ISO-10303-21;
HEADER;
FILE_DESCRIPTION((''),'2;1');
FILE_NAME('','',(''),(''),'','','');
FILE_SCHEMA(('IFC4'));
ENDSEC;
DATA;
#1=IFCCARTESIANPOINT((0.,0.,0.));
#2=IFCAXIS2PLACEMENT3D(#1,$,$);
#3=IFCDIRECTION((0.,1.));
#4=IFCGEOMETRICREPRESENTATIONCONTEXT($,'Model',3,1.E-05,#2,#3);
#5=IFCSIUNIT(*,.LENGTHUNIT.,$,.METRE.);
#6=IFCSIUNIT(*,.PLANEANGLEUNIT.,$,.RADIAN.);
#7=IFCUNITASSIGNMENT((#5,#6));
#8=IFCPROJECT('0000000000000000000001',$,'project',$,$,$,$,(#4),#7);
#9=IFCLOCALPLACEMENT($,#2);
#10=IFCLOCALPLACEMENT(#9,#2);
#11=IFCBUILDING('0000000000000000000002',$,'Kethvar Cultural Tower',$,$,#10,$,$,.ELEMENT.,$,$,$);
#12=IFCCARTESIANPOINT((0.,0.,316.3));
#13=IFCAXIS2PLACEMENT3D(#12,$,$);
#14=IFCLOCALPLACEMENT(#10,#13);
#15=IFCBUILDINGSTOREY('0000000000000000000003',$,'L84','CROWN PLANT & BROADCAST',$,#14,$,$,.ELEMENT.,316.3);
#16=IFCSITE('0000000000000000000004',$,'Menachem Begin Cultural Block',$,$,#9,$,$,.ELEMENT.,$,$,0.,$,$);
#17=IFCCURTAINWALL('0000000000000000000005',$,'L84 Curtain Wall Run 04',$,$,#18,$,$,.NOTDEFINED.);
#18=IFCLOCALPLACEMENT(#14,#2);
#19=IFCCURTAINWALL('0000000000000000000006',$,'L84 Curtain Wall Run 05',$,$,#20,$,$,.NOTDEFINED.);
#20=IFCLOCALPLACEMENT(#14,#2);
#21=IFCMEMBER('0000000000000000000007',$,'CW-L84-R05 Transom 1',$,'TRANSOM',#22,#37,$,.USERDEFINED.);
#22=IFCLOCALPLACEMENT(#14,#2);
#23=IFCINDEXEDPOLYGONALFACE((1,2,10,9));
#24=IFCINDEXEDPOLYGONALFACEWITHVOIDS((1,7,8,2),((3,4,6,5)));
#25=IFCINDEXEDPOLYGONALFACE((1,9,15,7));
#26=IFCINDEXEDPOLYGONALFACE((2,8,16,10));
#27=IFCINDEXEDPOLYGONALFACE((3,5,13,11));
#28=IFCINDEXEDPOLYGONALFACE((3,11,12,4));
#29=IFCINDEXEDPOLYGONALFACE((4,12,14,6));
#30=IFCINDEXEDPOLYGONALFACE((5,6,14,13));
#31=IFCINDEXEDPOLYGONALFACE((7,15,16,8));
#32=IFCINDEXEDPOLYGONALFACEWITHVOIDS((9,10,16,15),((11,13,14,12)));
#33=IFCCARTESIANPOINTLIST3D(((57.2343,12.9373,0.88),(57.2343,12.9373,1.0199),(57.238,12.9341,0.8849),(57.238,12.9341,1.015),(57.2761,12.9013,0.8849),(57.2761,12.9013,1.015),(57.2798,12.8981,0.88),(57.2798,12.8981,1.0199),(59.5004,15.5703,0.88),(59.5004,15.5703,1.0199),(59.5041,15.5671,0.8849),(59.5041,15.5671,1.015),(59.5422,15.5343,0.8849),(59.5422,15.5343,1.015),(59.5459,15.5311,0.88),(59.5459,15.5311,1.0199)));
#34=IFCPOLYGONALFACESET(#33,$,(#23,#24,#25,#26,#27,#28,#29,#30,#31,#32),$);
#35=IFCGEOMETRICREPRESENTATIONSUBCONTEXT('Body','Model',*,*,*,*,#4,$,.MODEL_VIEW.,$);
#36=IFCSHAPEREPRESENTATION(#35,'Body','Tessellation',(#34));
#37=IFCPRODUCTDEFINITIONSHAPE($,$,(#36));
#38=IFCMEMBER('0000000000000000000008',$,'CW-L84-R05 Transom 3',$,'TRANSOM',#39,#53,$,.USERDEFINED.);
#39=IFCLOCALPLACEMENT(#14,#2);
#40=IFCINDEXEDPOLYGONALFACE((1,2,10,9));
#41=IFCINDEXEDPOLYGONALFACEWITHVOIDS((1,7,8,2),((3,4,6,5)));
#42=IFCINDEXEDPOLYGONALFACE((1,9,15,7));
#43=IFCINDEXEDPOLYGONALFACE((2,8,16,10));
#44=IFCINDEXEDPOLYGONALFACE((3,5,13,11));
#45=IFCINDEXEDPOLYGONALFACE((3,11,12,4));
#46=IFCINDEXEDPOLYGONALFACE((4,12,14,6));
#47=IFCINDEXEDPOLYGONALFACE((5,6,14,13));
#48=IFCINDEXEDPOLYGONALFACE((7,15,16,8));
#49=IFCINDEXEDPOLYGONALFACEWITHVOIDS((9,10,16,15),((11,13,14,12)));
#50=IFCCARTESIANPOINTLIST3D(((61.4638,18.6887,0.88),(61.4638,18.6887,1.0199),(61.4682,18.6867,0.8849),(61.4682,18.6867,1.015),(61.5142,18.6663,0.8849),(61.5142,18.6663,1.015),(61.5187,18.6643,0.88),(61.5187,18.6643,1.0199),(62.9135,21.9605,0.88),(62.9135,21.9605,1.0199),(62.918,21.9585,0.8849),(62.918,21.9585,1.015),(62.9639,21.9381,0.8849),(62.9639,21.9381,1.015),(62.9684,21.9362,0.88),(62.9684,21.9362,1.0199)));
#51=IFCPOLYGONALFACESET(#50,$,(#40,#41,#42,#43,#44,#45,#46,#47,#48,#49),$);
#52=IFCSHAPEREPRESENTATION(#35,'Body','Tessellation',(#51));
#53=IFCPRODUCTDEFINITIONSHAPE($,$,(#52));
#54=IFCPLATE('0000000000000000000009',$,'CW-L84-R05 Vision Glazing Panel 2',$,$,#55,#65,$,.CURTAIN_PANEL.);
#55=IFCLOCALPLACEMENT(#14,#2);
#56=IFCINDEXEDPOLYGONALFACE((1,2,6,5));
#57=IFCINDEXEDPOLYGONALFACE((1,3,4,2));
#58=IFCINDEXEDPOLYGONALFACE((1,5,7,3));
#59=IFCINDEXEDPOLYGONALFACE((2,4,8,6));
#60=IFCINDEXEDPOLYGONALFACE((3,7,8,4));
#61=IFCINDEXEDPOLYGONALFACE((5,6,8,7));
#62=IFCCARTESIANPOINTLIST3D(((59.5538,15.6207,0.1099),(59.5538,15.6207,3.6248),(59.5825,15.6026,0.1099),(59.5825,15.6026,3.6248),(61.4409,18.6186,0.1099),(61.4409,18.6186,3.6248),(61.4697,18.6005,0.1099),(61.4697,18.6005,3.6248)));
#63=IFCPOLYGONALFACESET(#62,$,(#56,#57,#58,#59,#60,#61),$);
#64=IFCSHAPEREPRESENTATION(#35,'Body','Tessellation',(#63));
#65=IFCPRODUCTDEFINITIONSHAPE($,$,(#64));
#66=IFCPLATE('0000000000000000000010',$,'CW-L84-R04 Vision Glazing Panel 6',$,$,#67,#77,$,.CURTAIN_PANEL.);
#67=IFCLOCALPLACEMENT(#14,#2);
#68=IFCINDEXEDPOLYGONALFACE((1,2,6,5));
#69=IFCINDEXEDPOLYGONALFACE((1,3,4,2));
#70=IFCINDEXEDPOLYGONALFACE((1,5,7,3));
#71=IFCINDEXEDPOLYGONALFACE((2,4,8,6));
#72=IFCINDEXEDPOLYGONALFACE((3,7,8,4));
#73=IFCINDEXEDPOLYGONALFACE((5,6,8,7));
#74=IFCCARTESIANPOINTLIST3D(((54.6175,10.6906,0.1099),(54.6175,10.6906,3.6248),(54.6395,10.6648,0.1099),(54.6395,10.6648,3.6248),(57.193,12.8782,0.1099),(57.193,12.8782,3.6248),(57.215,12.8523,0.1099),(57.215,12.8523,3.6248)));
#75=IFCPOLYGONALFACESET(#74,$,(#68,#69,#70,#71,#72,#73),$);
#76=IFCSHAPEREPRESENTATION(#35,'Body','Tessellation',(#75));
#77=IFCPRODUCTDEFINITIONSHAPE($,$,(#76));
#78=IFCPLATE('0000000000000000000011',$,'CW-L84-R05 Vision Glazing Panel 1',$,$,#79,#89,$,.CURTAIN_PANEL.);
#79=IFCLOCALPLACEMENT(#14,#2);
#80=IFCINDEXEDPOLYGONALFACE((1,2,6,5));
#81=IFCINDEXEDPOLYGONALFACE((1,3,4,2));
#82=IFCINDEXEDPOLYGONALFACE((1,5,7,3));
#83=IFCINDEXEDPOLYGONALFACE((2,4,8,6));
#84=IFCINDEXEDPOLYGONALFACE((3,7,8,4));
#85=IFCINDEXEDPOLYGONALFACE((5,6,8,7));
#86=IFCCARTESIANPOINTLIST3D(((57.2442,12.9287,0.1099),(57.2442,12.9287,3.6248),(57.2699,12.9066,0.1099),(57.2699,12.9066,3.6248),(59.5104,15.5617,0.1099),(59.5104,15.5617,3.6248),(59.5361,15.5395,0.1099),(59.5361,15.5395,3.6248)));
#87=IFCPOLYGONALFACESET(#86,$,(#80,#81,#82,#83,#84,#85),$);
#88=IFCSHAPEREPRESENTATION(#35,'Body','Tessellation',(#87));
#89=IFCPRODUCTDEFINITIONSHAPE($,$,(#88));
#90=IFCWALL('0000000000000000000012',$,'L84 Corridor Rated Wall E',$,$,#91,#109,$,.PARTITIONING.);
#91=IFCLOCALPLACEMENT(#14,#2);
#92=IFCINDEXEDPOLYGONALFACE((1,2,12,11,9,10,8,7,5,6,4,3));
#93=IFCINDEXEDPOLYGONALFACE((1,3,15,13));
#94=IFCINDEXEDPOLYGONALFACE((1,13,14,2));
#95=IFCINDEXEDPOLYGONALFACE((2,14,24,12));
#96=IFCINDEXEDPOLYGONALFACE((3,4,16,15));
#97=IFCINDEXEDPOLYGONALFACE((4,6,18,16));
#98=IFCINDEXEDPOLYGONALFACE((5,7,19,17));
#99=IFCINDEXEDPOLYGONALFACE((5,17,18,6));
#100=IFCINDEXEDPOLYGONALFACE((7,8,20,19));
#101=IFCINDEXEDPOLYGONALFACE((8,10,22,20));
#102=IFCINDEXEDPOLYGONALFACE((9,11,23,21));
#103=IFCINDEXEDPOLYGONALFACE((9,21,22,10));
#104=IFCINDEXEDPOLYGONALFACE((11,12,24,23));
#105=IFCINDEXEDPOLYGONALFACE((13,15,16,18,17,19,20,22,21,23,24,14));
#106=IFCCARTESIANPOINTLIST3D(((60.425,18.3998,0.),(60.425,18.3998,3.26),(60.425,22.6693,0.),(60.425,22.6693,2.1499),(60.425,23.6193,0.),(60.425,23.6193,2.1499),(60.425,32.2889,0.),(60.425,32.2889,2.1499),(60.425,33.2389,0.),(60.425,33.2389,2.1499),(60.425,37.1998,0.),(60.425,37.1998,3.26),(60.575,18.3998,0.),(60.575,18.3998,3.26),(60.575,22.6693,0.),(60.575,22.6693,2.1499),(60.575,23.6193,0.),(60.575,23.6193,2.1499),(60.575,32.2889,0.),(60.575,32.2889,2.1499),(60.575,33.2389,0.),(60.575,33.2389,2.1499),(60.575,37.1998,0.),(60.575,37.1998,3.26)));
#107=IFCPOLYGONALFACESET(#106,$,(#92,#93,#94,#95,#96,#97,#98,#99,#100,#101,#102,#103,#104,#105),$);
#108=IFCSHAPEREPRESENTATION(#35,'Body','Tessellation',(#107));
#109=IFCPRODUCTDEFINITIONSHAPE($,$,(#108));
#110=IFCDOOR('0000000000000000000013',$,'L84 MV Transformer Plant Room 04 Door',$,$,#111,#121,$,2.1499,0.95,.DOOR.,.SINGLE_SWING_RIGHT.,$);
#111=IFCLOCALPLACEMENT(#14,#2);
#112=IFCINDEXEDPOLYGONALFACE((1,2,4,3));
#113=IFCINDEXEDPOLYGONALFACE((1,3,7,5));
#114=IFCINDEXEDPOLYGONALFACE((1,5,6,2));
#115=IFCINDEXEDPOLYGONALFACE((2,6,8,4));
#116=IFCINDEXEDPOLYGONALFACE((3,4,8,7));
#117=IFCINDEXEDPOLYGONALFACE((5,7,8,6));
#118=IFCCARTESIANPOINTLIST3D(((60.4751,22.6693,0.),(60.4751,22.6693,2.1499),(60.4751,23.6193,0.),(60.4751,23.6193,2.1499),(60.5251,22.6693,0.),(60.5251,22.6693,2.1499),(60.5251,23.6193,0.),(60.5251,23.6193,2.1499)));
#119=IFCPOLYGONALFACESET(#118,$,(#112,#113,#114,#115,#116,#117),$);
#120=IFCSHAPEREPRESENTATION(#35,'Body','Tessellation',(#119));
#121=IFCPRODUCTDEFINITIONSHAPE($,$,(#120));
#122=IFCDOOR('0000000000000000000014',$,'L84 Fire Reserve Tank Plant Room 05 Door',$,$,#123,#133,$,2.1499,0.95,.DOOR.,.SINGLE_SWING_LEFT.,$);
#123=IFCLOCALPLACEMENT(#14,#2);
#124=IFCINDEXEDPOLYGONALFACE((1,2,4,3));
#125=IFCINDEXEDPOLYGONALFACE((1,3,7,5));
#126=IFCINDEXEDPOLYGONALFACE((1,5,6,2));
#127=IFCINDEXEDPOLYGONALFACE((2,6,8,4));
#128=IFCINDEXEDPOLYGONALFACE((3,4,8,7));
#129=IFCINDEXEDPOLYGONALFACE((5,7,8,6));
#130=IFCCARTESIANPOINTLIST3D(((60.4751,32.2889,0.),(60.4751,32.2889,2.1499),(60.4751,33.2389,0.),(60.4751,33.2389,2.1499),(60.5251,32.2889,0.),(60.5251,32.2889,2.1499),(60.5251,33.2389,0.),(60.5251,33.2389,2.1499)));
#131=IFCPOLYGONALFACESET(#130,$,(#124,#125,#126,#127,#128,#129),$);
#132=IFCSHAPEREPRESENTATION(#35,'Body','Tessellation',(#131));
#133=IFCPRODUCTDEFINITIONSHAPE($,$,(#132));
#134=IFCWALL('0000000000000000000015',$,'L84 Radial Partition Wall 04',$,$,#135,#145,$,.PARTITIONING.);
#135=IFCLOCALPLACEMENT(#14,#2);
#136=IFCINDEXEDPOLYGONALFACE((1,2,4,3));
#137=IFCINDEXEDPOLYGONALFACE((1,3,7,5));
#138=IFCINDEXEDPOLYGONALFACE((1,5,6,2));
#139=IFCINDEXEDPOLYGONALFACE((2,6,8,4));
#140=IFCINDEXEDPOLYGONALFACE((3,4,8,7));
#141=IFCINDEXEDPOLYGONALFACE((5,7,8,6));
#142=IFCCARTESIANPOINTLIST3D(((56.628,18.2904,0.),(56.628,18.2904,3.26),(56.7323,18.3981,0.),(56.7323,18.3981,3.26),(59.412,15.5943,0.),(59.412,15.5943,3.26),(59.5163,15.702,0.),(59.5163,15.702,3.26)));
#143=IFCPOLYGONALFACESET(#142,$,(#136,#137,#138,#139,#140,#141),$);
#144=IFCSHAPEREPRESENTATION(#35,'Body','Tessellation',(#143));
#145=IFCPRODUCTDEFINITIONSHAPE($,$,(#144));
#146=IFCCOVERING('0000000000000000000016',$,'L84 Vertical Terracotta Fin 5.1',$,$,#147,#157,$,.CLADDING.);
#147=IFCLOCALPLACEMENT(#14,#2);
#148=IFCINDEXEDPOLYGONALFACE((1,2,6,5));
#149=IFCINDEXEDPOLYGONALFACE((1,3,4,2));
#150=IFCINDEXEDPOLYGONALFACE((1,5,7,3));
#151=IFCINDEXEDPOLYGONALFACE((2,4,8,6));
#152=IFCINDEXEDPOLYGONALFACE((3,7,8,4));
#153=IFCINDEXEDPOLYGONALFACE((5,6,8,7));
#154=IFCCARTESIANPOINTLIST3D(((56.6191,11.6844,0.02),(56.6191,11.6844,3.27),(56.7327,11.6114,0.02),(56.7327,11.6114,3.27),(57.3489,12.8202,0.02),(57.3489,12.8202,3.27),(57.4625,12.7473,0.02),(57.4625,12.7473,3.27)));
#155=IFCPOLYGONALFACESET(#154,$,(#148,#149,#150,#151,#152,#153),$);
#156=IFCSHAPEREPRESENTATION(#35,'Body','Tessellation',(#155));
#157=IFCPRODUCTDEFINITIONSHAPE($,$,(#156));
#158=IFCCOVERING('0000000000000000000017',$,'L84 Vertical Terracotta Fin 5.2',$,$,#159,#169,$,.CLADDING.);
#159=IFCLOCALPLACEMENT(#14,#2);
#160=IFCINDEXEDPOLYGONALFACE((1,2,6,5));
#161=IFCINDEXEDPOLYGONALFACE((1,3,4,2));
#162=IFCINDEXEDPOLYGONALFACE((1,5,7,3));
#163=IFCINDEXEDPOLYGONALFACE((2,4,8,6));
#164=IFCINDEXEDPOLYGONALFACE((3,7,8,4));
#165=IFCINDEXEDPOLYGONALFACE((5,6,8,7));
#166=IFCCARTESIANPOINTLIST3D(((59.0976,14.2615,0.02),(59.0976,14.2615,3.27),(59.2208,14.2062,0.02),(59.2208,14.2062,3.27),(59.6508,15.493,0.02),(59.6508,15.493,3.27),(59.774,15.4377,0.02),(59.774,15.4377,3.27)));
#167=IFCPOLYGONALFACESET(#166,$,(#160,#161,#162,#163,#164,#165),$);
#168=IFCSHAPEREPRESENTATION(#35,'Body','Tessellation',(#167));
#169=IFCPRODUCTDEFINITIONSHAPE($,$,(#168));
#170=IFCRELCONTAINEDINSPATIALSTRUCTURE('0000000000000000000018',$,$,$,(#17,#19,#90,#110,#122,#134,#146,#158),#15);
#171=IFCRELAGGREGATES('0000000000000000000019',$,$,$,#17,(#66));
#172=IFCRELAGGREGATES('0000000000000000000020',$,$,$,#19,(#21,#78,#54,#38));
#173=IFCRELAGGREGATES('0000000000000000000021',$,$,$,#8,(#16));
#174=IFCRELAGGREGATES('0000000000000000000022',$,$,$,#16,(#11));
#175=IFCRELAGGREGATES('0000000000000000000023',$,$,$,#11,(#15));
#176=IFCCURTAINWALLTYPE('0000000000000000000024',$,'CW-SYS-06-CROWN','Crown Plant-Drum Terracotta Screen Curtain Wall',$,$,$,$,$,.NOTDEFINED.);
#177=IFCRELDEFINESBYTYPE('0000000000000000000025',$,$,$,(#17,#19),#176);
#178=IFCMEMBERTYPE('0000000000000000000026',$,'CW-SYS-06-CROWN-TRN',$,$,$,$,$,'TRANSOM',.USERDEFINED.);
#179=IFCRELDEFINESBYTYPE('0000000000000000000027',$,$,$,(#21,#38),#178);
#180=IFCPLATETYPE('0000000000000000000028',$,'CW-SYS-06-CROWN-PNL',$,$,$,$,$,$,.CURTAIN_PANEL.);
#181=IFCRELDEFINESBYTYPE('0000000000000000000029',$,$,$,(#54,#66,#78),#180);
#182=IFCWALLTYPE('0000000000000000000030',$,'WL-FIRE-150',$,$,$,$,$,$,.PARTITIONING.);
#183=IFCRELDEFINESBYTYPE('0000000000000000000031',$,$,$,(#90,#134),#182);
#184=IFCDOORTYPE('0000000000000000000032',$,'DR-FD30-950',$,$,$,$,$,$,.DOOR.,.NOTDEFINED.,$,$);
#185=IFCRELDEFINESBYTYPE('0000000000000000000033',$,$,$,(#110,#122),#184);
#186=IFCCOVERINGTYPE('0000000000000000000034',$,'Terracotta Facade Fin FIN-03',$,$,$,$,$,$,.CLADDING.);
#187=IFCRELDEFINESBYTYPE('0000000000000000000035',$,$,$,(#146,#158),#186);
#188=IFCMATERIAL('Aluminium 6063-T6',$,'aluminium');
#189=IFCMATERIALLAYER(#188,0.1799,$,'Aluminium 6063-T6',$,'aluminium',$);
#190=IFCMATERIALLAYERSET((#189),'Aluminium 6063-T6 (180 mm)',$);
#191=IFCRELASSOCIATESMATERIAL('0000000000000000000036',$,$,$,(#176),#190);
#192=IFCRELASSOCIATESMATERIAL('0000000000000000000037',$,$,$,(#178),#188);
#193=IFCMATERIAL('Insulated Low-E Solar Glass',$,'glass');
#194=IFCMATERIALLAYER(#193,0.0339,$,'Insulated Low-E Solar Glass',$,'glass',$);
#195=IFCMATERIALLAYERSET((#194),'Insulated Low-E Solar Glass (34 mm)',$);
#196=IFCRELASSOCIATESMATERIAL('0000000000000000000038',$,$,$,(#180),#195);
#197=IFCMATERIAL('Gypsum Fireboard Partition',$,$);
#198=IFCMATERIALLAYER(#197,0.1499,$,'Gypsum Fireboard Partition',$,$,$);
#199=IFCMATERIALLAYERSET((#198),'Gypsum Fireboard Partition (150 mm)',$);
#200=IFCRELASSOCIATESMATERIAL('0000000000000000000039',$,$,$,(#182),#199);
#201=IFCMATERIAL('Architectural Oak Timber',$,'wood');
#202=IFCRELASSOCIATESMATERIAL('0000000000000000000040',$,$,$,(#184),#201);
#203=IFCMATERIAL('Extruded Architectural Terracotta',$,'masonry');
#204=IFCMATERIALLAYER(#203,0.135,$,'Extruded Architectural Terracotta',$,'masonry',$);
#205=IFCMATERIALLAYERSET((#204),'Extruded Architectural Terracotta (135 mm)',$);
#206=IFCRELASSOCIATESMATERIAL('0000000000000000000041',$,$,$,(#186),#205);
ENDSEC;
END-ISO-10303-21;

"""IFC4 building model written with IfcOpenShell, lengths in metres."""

from ifc_helpers import new_model, si_unit, direction, frame, frame_2d, origin, origin_2d, place, context, subcontext, project, spatial, rectangle, hollow_rectangle, extrude, source, transform, mapped, material, layer, layer_set, material_profile, profile_set, type_object, element, fill, aggregate, save


model = new_model("IFC4")

# Units and contexts
model_context = context("Model", 3, precision=1e-05, world=origin(), true_north=direction((0.0, 1.0)))
body_context = subcontext(model_context, "Body", "Model", "MODEL_VIEW")
ifc_project = project(units=[si_unit("LENGTHUNIT", "METRE"), si_unit("PLANEANGLEUNIT", "RADIAN")], contexts=[model_context])

# Site, building, storey
site_placement = place(None, origin())
site = spatial("IfcSite", under=ifc_project, at=site_placement, Name="Menachem Begin Cultural Block", CompositionType="ELEMENT", RefElevation=0.0)
building_placement = place(site_placement, origin())
building = spatial("IfcBuilding", under=site, at=building_placement, Name="Kethvar Cultural Tower", CompositionType="ELEMENT")
storey_placement = place(building_placement, frame((0.0, 0.0, 316.3)))
storey = spatial("IfcBuildingStorey", under=building, at=storey_placement, Name="L84", Description="CROWN PLANT & BROADCAST", CompositionType="ELEMENT", Elevation=316.3)

# Curtain wall
ifc_material_1 = material(Name="Aluminium 6063-T6", Category="aluminium")
ifc_layer_1 = layer(ifc_material_1, 0.1799, Name="Aluminium 6063-T6", Category="aluminium")
ifc_layer_set_1 = layer_set([ifc_layer_1], Name="Aluminium 6063-T6 (180 mm)")
curtain_wall_type = type_object("IfcCurtainWallType", Name="CW-SYS-06-CROWN", Description="Crown Plant-Drum Terracotta Screen Curtain Wall", PredefinedType="NOTDEFINED", material=ifc_layer_set_1)
curtain_wall_1_placement = place(storey_placement, origin())
curtain_wall_1 = element("IfcCurtainWall", 1, at=curtain_wall_1_placement, inside=storey, type_object=curtain_wall_type, Name="L84 Curtain Wall Run 04", PredefinedType="NOTDEFINED")

# Curtain wall, members, plate
curtain_wall_2_placement = place(storey_placement, origin())
curtain_wall_2 = element("IfcCurtainWall", 2, at=curtain_wall_2_placement, inside=storey, type_object=curtain_wall_type, Name="L84 Curtain Wall Run 05", PredefinedType="NOTDEFINED")
ifc_material_profile_1 = material_profile(ifc_material_1, hollow_rectangle(XDim=0.0601, YDim=0.1399, WallThickness=0.0049, at=origin_2d()), Name="Aluminium 6063-T6 — RHS140x60x5")
ifc_profile_set_1 = profile_set([ifc_material_profile_1], Name="Aluminium 6063-T6 — RHS140x60x5")
member_type_1 = type_object("IfcMemberType", Name="CW-SYS-06-CROWN-TRN", ElementType="TRANSOM", PredefinedType="USERDEFINED", material=ifc_profile_set_1)
shared_shape_1 = source(origin(), body_context, "Body", "SweptSolid", [
    extrude(hollow_rectangle(XDim=0.0601, YDim=0.1399, WallThickness=0.0049, at=origin_2d()), origin(), (0.0, 0.0, 1.0), 3.4739),
])
member_1_placement = place(storey_placement, frame((57.2571, 12.9177, 0.95), z_axis=(0.652318, 0.757945, 0.0), x_axis=(-0.757945, 0.652318, 0.0)))
member_1 = element("IfcMember", 3, at=member_1_placement, type_object=member_type_1, Name="CW-L84-R05 Transom 1", ObjectType="TRANSOM", PredefinedType="USERDEFINED", context=body_context, shape_type="MappedRepresentation", body=[
    mapped(shared_shape_1, transform((0.0, 0.0, 0.0), scale=1.0)),
])
shared_shape_2 = source(origin(), body_context, "Body", "SweptSolid", [
    extrude(hollow_rectangle(XDim=0.0601, YDim=0.1399, WallThickness=0.0049, at=origin_2d()), origin(), (0.0, 0.0, 1.0), 3.5786),
])
member_2_placement = place(storey_placement, frame((61.4912, 18.6765, 0.95), z_axis=(0.405113, 0.914267, 0.0), x_axis=(-0.914267, 0.405113, 0.0)))
member_2 = element("IfcMember", 4, at=member_2_placement, type_object=member_type_1, Name="CW-L84-R05 Transom 3", ObjectType="TRANSOM", PredefinedType="USERDEFINED", context=body_context, shape_type="MappedRepresentation", body=[
    mapped(shared_shape_2, transform((0.0, 0.0, 0.0), scale=1.0)),
])
ifc_material_2 = material(Name="Insulated Low-E Solar Glass", Category="glass")
ifc_layer_2 = layer(ifc_material_2, 0.0339, Name="Insulated Low-E Solar Glass", Category="glass")
ifc_layer_set_2 = layer_set([ifc_layer_2], Name="Insulated Low-E Solar Glass (34 mm)")
plate_type = type_object("IfcPlateType", Name="CW-SYS-06-CROWN-PNL", PredefinedType="CURTAIN_PANEL", material=ifc_layer_set_2)
shared_shape_3 = source(origin(), body_context, "Body", "SweptSolid", [
    extrude(rectangle(XDim=3.5425, YDim=0.0339, at=origin_2d()), origin(), (0.0, 0.0, 1.0), 3.5149),
])
plate_1_placement = place(storey_placement, frame((60.5117, 17.1106, 0.1099), z_axis=(0.0, 0.0, 1.0), x_axis=(0.532729, 0.846286, 0.0)))
plate_1 = element("IfcPlate", 5, at=plate_1_placement, type_object=plate_type, Name="CW-L84-R05 Vision Glazing Panel 2", PredefinedType="CURTAIN_PANEL", context=body_context, shape_type="MappedRepresentation", body=[
    mapped(shared_shape_3, transform((0.0, 0.0, 0.0), scale=1.0)),
])

# Plates
shared_shape_4 = source(origin(), body_context, "Body", "SweptSolid", [
    extrude(rectangle(XDim=3.3792, YDim=0.0339, at=origin_2d()), origin(), (0.0, 0.0, 1.0), 3.5149),
])
plate_2_placement = place(storey_placement, frame((55.9163, 11.7715, 0.1099), z_axis=(0.0, 0.0, 1.0), x_axis=(0.762171, 0.647375, 0.0)))
plate_2 = element("IfcPlate", 6, at=plate_2_placement, type_object=plate_type, Name="CW-L84-R04 Vision Glazing Panel 6", PredefinedType="CURTAIN_PANEL", context=body_context, shape_type="MappedRepresentation", body=[
    mapped(shared_shape_4, transform((0.0, 0.0, 0.0), scale=1.0)),
])
aggregate(curtain_wall_1, [plate_2])
shared_shape_5 = source(origin(), body_context, "Body", "SweptSolid", [
    extrude(rectangle(XDim=3.4739, YDim=0.0339, at=origin_2d()), origin(), (0.0, 0.0, 1.0), 3.5149),
])
plate_3_placement = place(storey_placement, frame((58.3901, 14.2341, 0.1099), z_axis=(0.0, 0.0, 1.0), x_axis=(0.65235, 0.757918, 0.0)))
plate_3 = element("IfcPlate", 7, at=plate_3_placement, type_object=plate_type, Name="CW-L84-R05 Vision Glazing Panel 1", PredefinedType="CURTAIN_PANEL", context=body_context, shape_type="MappedRepresentation", body=[
    mapped(shared_shape_5, transform((0.0, 0.0, 0.0), scale=1.0)),
])
aggregate(curtain_wall_2, [member_1, plate_3, plate_1, member_2])

# Wall, openings, doors
ifc_material_3 = material(Name="Gypsum Fireboard Partition")
ifc_layer_3 = layer(ifc_material_3, 0.1499, Name="Gypsum Fireboard Partition")
ifc_layer_set_3 = layer_set([ifc_layer_3], Name="Gypsum Fireboard Partition (150 mm)")
wall_type = type_object("IfcWallType", Name="WL-FIRE-150", PredefinedType="PARTITIONING", material=ifc_layer_set_3)
wall_1_placement = place(storey_placement, frame((60.5, 18.3999, 0.0), z_axis=(0.0, 0.0, 1.0), x_axis=(0.0, 1.0, 0.0)))
wall_1 = element("IfcWall", 8, at=wall_1_placement, inside=storey, type_object=wall_type, Name="L84 Corridor Rated Wall E", PredefinedType="PARTITIONING", context=body_context, shape_type="SweptSolid", body=[
    extrude(rectangle(XDim=18.8, YDim=0.1499, at=frame_2d((9.3999, 0.0))), origin(), (0.0, 0.0, 1.0), 3.26),
])
opening_1_placement = place(wall_1_placement, frame((4.2693, 0.0, 0.0)))
opening_1 = element("IfcOpeningElement", 9, at=opening_1_placement, cuts=wall_1, PredefinedType="OPENING", context=body_context, shape_type="SweptSolid", body=[
    extrude(rectangle(XDim=0.95, YDim=2.1499, at=frame_2d((0.4751, 1.075))), frame((0.0, 0.085, 0.0), z_axis=(0.0, -1.0, 0.0), x_axis=(1.0, 0.0, 0.0)), (0.0, 0.0, 1.0), 0.1699),
])
opening_2_placement = place(wall_1_placement, frame((13.8889, 0.0, 0.0)))
opening_2 = element("IfcOpeningElement", 10, at=opening_2_placement, cuts=wall_1, PredefinedType="OPENING", context=body_context, shape_type="SweptSolid", body=[
    extrude(rectangle(XDim=0.95, YDim=2.1499, at=frame_2d((0.4751, 1.075))), frame((0.0, 0.085, 0.0), z_axis=(0.0, -1.0, 0.0), x_axis=(1.0, 0.0, 0.0)), (0.0, 0.0, 1.0), 0.1699),
])
ifc_material_4 = material(Name="Architectural Oak Timber", Category="wood")
door_type = type_object("IfcDoorType", Name="DR-FD30-950", OperationType="NOTDEFINED", PredefinedType="DOOR", material=ifc_material_4)
shared_shape_6 = source(origin(), body_context, "Body", "SweptSolid", [
    extrude(rectangle(XDim=0.95, YDim=2.1499, at=frame_2d((0.4751, 1.075))), frame((0.0, 0.0249, 0.0), z_axis=(0.0, -1.0, 0.0), x_axis=(1.0, 0.0, 0.0)), (0.0, 0.0, 1.0), 0.05),
])
door_1_placement = place(opening_1_placement, origin())
door_1 = element("IfcDoor", 11, at=door_1_placement, inside=storey, type_object=door_type, Name="L84 MV Transformer Plant Room 04 Door", OperationType="SINGLE_SWING_RIGHT", OverallHeight=2.1499, OverallWidth=0.95, PredefinedType="DOOR", context=body_context, shape_type="MappedRepresentation", body=[
    mapped(shared_shape_6, transform((0.0, 0.0, 0.0), scale=1.0)),
])
fill(opening_1, door_1)
door_2_placement = place(opening_2_placement, origin())
door_2 = element("IfcDoor", 12, at=door_2_placement, inside=storey, type_object=door_type, Name="L84 Fire Reserve Tank Plant Room 05 Door", OperationType="SINGLE_SWING_LEFT", OverallHeight=2.1499, OverallWidth=0.95, PredefinedType="DOOR", context=body_context, shape_type="MappedRepresentation", body=[
    mapped(shared_shape_6, transform((0.0, 0.0, 0.0), scale=1.0)),
])
fill(opening_2, door_2)

# Wall
wall_2_placement = place(storey_placement, frame((56.6802, 18.3442, 0.0), z_axis=(0.0, 0.0, 1.0), x_axis=(0.718355, -0.695676, 0.0)))
element("IfcWall", 13, at=wall_2_placement, inside=storey, type_object=wall_type, Name="L84 Radial Partition Wall 04", PredefinedType="PARTITIONING", context=body_context, shape_type="SweptSolid", body=[
    extrude(rectangle(XDim=3.8755, YDim=0.1499, at=frame_2d((1.9377, 0.0))), origin(), (0.0, 0.0, 1.0), 3.26),
])

# Coverings
ifc_material_5 = material(Name="Extruded Architectural Terracotta", Category="masonry")
ifc_layer_4 = layer(ifc_material_5, 0.135, Name="Extruded Architectural Terracotta", Category="masonry")
ifc_layer_set_4 = layer_set([ifc_layer_4], Name="Extruded Architectural Terracotta (135 mm)")
covering_type = type_object("IfcCoveringType", Name="Terracotta Facade Fin FIN-03", PredefinedType="CLADDING", material=ifc_layer_set_4)
shared_shape_7 = source(origin(), body_context, "Body", "SweptSolid", [
    extrude(rectangle(XDim=1.3501, YDim=0.135, at=origin_2d()), origin(), (0.0, 0.0, 1.0), 3.25),
])
for number, where, z_axis, x_axis, name in (
    (14, (57.0408, 12.2158, 0.02), (0.0, 0.0, 1.0), (-0.540534, -0.841322, 0.0), "L84 Vertical Terracotta Fin 5.1"),
    (15, (59.4358, 14.8496, 0.02), (0.0, 0.0, 1.0), (-0.409764, -0.912192, 0.0), "L84 Vertical Terracotta Fin 5.2"),
):
    element("IfcCovering", number, at=place(storey_placement, frame(where, z_axis=z_axis, x_axis=x_axis)), inside=storey, type_object=covering_type, Name=name, PredefinedType="CLADDING", context=body_context, shape_type="MappedRepresentation", body=[
        mapped(shared_shape_7, transform((0.0, 0.0, 0.0), scale=1.0)),
    ])

save(model, "model.ifc")
